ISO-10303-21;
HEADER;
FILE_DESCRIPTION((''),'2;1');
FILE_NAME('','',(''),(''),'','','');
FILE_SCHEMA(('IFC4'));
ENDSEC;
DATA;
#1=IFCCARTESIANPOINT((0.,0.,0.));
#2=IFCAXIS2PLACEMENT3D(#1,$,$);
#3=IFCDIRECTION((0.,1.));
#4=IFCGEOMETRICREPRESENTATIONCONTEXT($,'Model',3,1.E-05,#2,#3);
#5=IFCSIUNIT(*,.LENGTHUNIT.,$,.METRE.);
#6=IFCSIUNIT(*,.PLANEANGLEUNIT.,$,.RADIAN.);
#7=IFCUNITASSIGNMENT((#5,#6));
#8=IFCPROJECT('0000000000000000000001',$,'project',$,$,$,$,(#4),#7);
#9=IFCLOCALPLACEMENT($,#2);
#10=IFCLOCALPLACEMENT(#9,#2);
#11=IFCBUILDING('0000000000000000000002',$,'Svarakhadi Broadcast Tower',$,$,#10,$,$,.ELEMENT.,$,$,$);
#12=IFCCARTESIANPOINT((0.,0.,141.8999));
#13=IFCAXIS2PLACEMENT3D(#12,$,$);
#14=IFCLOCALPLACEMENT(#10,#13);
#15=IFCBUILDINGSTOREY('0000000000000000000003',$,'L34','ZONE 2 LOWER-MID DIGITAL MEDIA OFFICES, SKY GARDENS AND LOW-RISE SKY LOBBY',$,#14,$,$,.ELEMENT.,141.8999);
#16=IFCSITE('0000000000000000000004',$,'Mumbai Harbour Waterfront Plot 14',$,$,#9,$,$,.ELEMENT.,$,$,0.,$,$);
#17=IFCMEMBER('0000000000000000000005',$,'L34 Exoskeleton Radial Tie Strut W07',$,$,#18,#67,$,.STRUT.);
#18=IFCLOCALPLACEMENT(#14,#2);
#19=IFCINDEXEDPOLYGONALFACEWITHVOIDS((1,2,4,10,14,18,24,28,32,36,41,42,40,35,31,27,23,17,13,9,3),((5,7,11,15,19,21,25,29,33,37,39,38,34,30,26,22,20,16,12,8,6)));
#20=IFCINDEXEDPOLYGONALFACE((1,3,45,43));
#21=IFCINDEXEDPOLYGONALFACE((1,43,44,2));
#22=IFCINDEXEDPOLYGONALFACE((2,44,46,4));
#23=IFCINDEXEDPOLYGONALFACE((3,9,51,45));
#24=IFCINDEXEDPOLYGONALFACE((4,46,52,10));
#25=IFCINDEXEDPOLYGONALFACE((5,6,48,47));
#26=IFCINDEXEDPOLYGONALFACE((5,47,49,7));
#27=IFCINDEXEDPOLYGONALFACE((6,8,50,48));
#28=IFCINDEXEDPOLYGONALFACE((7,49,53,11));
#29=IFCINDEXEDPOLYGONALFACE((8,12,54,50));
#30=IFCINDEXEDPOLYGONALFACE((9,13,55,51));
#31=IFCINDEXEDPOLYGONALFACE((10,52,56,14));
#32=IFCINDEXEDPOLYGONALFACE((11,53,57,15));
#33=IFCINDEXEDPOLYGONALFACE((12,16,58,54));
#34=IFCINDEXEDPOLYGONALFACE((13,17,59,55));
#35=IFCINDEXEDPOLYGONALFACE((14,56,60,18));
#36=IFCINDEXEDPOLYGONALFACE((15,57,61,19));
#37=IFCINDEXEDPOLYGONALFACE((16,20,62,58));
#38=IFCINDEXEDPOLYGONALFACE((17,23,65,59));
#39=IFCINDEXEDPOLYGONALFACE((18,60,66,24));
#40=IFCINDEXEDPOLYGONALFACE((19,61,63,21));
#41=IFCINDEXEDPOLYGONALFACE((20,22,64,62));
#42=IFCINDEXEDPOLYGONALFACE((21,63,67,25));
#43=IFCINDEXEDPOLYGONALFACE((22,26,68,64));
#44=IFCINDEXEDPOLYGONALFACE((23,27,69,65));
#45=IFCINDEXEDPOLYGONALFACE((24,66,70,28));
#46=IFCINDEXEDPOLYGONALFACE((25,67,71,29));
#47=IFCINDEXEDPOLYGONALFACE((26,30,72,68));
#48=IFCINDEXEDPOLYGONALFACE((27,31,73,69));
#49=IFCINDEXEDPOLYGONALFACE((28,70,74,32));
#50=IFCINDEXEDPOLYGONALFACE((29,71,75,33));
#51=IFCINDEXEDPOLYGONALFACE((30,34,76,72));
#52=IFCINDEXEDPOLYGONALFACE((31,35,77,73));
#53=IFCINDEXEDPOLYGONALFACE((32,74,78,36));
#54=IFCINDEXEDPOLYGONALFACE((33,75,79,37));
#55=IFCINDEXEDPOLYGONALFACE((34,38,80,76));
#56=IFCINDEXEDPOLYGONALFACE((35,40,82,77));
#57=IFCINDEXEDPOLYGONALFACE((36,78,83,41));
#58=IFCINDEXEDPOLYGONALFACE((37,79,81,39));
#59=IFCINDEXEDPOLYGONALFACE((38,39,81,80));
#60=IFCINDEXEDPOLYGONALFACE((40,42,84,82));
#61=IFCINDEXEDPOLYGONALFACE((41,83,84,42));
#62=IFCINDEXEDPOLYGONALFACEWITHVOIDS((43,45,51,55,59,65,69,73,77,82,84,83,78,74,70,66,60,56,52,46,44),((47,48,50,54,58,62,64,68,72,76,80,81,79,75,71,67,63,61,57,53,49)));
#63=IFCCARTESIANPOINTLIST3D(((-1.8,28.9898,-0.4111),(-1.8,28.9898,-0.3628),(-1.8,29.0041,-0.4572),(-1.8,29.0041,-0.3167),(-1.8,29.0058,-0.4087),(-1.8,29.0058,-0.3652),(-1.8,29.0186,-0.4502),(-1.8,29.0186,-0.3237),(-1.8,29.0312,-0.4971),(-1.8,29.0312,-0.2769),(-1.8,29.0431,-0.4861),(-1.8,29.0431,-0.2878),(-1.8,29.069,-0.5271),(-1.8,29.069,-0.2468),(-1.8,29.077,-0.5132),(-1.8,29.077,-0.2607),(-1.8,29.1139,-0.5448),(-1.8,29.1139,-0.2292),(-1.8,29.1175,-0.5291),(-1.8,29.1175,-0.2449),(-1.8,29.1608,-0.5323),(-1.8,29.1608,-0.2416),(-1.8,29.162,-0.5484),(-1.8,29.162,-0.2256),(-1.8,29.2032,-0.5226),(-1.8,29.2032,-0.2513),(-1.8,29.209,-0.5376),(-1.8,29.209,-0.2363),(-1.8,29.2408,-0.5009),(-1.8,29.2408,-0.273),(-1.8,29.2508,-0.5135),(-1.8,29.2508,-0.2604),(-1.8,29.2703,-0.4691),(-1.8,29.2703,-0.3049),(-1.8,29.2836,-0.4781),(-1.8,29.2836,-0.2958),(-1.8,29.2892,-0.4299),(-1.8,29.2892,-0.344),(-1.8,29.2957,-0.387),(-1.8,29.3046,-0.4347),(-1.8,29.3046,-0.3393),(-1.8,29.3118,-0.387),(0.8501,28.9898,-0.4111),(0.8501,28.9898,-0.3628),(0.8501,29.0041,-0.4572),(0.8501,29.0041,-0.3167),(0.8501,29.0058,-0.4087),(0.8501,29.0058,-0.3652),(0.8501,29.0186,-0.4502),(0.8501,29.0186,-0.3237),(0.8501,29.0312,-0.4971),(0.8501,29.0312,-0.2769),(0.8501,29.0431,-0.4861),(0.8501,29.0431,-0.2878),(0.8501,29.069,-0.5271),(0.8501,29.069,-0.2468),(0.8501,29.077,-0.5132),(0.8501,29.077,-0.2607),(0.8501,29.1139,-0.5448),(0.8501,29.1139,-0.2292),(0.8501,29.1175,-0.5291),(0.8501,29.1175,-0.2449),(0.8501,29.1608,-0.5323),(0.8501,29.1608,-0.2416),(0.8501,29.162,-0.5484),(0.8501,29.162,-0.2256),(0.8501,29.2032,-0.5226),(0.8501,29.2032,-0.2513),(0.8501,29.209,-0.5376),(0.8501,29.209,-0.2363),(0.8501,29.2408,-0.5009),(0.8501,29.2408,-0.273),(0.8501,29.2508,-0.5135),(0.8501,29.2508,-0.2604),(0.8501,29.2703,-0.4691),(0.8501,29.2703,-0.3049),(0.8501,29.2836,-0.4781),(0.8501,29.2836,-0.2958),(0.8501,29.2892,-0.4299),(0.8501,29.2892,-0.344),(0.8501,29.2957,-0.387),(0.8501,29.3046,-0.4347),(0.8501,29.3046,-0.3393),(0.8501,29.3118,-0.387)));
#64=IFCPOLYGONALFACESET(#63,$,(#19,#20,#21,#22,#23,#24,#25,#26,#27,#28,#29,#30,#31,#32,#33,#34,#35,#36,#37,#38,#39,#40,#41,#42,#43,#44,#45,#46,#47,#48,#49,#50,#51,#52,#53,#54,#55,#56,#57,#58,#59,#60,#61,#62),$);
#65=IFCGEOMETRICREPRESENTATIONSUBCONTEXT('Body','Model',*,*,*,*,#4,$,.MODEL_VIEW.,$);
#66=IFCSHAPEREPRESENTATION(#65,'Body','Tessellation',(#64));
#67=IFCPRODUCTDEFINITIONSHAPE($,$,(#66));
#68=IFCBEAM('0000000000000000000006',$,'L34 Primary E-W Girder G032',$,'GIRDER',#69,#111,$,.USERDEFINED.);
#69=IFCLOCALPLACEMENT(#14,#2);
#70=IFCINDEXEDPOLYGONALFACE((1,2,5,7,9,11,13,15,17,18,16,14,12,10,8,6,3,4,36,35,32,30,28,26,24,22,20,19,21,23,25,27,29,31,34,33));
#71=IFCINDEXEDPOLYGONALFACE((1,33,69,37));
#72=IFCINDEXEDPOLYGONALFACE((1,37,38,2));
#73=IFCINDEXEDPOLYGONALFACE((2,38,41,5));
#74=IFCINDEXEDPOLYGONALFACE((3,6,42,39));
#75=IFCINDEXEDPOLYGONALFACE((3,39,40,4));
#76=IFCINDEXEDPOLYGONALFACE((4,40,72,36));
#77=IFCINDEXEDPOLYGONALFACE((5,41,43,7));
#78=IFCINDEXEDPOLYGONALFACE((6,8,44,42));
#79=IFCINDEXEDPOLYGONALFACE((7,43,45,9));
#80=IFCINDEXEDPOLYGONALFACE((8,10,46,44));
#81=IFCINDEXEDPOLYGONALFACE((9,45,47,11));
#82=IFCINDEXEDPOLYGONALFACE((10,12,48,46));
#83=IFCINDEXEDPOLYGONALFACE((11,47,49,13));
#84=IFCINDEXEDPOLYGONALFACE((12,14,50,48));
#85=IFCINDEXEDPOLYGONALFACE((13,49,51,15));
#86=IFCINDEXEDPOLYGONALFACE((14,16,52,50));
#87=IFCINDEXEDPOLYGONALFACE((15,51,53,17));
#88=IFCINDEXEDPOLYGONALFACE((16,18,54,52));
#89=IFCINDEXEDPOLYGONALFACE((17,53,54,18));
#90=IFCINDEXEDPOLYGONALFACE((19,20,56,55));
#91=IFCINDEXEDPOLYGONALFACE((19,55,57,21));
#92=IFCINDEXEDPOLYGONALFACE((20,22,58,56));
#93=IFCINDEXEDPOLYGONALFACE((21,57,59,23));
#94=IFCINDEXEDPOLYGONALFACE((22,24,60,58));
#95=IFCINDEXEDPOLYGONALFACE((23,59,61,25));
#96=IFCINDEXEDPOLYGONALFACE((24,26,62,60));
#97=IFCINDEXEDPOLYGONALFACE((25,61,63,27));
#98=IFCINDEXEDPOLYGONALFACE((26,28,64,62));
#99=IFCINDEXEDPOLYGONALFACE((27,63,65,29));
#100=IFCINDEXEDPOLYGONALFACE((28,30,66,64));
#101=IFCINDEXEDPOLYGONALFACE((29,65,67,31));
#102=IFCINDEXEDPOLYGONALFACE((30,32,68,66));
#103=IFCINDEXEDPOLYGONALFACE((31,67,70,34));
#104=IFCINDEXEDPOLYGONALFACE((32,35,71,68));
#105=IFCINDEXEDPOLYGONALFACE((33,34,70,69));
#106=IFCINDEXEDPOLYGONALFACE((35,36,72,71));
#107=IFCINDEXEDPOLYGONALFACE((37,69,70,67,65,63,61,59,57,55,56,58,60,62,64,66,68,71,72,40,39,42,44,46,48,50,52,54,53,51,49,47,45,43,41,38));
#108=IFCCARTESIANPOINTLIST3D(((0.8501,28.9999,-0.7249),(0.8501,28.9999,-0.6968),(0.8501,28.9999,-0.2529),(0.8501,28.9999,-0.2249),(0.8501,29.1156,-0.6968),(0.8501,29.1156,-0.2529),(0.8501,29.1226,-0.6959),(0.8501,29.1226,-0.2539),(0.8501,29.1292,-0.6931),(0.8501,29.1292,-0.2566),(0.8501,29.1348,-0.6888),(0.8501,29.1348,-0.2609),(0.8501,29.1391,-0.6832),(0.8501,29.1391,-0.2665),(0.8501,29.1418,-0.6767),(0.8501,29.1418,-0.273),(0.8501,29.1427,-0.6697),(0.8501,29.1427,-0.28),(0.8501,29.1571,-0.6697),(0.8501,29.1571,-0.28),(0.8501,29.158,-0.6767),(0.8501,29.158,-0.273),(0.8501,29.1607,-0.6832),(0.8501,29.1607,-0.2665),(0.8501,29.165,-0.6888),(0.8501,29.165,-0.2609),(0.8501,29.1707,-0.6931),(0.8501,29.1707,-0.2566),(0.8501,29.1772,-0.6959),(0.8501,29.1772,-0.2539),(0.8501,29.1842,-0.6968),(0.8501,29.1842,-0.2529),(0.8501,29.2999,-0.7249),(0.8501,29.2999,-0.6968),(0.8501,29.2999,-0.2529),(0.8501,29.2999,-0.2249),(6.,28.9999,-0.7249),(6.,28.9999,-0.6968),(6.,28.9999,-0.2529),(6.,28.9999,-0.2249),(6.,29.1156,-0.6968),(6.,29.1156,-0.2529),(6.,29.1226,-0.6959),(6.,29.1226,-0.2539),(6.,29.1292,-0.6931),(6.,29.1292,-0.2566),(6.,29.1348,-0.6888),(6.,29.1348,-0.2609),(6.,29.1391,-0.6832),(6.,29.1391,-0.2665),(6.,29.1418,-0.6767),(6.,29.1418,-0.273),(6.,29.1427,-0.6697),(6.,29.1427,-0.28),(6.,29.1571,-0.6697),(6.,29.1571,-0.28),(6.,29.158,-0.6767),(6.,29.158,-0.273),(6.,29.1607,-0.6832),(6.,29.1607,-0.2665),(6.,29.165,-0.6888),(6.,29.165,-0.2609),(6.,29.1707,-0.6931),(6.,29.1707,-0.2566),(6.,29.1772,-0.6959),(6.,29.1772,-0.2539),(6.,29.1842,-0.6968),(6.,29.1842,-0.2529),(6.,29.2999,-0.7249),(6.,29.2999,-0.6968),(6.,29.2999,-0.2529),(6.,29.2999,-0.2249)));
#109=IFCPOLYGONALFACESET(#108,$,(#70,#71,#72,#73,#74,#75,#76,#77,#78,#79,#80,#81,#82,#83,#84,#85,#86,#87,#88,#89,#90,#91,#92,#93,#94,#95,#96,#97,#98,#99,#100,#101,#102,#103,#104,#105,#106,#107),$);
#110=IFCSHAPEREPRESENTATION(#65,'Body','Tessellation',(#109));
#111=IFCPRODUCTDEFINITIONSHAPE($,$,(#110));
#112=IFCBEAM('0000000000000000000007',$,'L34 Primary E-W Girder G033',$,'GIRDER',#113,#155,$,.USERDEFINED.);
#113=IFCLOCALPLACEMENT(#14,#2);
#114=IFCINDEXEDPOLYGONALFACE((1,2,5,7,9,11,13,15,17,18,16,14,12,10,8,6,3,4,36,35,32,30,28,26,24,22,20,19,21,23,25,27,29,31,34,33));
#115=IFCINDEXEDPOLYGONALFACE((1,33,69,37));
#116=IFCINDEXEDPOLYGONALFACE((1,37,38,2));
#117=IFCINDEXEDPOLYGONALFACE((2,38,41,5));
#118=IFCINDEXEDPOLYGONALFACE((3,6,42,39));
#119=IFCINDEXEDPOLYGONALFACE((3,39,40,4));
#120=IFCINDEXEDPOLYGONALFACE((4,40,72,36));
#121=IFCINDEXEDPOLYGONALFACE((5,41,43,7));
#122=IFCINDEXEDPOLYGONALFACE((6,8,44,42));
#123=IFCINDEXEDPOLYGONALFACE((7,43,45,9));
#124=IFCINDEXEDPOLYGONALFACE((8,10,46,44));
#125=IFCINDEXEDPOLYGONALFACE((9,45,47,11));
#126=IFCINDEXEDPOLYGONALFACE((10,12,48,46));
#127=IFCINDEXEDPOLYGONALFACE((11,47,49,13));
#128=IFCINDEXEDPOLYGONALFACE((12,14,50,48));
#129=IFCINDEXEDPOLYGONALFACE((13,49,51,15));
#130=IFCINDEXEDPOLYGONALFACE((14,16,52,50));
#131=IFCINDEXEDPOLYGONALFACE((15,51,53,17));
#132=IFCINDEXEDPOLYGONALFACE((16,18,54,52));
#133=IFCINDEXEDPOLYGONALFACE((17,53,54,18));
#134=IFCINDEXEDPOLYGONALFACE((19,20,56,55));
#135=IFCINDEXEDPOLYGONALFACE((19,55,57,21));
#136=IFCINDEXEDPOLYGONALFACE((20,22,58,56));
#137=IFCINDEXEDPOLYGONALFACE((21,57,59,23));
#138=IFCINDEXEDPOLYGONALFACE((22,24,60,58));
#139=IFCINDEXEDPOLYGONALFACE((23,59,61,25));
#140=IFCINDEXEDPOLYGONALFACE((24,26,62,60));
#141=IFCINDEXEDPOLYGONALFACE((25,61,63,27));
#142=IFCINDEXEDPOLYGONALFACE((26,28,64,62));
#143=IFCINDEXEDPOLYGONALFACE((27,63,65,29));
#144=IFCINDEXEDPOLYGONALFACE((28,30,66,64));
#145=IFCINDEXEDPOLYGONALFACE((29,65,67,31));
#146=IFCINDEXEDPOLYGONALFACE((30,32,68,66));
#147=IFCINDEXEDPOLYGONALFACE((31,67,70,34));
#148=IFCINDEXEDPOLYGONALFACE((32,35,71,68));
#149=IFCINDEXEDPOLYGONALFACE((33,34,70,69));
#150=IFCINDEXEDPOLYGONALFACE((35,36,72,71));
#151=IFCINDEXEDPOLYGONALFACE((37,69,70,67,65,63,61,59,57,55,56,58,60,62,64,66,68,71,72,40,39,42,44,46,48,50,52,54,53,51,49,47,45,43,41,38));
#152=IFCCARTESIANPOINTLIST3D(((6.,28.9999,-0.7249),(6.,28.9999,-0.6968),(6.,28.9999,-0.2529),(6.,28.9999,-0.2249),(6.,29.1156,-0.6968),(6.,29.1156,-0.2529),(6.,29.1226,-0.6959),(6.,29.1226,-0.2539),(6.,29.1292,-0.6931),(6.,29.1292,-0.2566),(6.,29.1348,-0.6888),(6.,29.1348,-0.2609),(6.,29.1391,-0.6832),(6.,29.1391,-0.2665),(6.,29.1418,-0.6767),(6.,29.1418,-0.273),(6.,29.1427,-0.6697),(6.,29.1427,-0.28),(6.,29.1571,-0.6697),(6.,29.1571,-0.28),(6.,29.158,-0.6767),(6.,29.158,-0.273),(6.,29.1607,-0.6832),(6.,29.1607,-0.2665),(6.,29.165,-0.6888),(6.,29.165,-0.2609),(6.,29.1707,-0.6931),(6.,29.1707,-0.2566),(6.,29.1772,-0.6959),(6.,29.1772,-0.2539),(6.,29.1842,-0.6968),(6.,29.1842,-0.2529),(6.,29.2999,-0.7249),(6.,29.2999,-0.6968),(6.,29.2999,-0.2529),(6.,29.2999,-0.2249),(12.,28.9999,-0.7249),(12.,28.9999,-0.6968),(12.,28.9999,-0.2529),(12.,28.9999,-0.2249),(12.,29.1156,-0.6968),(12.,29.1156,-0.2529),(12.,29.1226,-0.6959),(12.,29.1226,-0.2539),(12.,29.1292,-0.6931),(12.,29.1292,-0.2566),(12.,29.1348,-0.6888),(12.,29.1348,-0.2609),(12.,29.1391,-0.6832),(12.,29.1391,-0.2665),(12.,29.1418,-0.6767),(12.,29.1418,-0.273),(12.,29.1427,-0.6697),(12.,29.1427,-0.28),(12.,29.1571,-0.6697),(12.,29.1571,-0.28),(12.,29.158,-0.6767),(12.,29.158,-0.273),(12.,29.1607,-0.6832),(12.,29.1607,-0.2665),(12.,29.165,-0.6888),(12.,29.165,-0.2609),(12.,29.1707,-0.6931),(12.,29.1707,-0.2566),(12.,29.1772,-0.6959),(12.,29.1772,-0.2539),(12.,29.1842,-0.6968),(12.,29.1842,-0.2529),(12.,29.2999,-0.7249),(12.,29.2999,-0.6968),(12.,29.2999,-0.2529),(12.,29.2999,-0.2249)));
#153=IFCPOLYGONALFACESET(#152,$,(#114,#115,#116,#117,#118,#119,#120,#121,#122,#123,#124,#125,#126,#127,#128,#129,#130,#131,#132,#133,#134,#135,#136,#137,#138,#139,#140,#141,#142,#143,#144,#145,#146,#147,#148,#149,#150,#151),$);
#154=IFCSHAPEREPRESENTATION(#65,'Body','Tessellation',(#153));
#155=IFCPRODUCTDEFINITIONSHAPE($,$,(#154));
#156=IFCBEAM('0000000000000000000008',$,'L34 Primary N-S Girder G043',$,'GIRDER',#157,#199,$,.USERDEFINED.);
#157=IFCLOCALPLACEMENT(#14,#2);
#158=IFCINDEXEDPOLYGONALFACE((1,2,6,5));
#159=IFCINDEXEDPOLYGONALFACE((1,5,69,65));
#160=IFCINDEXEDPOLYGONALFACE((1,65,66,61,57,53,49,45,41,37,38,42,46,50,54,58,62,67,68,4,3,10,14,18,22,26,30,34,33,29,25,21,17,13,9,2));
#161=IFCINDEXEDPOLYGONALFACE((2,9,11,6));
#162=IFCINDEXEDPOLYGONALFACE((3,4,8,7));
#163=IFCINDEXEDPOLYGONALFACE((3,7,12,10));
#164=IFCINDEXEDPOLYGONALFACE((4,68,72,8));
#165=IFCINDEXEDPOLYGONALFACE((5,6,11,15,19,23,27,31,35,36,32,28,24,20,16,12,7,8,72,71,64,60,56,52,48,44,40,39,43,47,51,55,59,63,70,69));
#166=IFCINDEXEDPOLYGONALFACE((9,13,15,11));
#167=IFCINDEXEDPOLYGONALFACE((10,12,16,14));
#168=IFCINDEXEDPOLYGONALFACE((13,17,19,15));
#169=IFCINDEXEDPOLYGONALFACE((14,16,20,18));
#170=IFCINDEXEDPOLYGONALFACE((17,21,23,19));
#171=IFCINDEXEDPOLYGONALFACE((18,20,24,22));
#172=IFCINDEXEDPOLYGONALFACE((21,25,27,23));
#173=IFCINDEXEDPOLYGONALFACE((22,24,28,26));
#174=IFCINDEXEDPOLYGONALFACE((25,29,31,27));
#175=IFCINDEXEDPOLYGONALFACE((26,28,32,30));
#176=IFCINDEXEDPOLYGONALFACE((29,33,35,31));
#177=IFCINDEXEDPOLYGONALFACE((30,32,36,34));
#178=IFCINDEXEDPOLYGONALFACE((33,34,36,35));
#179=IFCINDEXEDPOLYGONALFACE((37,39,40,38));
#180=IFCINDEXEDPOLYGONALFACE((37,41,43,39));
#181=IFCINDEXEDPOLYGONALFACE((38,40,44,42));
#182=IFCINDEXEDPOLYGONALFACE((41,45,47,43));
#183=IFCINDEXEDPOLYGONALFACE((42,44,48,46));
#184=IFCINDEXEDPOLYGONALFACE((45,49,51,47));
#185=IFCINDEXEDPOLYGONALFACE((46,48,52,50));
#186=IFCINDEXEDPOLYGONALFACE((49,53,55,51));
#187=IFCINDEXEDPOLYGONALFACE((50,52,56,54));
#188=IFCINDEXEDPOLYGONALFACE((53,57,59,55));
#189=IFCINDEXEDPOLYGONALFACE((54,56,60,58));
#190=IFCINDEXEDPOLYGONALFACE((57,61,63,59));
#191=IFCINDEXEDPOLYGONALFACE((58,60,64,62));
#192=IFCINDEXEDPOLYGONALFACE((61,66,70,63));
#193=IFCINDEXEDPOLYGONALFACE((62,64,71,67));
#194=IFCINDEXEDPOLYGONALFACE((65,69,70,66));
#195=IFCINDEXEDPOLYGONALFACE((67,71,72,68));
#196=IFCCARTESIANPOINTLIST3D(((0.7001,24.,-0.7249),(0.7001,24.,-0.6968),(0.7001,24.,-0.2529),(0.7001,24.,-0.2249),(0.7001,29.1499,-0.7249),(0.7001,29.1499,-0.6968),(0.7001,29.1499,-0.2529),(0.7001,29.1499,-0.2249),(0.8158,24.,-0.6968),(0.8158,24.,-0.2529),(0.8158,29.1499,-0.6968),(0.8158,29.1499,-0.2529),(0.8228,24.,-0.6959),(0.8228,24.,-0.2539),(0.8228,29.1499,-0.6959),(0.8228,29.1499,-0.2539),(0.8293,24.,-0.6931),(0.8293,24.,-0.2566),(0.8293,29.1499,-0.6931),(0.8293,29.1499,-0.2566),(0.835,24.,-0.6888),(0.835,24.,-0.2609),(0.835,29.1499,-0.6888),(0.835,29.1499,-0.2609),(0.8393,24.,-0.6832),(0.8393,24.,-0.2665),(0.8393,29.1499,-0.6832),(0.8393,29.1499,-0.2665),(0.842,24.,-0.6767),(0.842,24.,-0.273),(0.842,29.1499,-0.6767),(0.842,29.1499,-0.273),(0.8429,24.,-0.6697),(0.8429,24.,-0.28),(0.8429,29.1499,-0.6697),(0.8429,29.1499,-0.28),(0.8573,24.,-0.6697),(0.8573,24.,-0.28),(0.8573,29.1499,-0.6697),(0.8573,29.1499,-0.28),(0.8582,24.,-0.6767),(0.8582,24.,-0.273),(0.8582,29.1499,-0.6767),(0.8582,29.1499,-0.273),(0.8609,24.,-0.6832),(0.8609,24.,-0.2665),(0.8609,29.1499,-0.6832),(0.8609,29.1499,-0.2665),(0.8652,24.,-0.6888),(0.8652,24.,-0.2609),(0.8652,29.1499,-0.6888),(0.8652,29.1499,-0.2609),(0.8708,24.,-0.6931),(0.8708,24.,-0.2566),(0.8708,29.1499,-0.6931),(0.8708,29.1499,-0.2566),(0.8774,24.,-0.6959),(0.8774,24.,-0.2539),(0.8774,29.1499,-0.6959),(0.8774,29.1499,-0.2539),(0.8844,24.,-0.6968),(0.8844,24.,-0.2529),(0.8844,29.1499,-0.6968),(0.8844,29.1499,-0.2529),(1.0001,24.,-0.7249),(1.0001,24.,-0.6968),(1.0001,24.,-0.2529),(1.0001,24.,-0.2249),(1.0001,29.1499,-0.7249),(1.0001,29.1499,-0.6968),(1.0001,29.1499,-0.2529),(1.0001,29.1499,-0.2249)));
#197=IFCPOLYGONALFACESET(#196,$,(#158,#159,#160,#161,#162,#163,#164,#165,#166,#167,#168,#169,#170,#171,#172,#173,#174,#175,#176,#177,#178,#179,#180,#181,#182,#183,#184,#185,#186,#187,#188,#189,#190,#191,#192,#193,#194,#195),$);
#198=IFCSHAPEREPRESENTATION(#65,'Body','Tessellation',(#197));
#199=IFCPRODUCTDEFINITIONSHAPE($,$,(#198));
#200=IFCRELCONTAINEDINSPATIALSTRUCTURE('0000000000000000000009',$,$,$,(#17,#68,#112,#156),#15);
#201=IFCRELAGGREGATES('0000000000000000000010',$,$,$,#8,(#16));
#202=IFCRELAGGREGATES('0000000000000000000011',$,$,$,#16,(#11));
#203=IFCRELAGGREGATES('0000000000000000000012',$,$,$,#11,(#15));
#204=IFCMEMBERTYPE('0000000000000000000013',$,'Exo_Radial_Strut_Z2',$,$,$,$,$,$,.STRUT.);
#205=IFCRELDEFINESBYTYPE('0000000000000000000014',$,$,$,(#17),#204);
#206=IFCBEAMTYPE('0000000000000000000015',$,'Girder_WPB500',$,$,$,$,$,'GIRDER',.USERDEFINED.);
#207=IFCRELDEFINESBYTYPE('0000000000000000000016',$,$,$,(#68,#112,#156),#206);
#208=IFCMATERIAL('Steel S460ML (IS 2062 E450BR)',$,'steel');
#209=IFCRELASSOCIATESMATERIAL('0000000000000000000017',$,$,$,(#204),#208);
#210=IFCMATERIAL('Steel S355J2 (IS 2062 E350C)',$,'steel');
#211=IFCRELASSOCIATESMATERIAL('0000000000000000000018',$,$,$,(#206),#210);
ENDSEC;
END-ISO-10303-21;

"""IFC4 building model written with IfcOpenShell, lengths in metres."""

from ifc_helpers import new_model, si_unit, direction, frame, origin, origin_2d, place, context, subcontext, project, spatial, hollow_circle, i_section, extrude, material, material_profile, profile_set, type_object, element, save


model = new_model("IFC4")

# Units and contexts
model_context = context("Model", 3, precision=1e-05, world=origin(), true_north=direction((0.0, 1.0)))
body_context = subcontext(model_context, "Body", "Model", "MODEL_VIEW")
ifc_project = project(units=[si_unit("LENGTHUNIT", "METRE"), si_unit("PLANEANGLEUNIT", "RADIAN")], contexts=[model_context])

# Site, building, storey
site_placement = place(None, origin())
site = spatial("IfcSite", under=ifc_project, at=site_placement, Name="Mumbai Harbour Waterfront Plot 14", CompositionType="ELEMENT", RefElevation=0.0)
building_placement = place(site_placement, origin())
building = spatial("IfcBuilding", under=site, at=building_placement, Name="Svarakhadi Broadcast Tower", CompositionType="ELEMENT")
storey_placement = place(building_placement, frame((0.0, 0.0, 141.8999)))
storey = spatial("IfcBuildingStorey", under=building, at=storey_placement, Name="L34", Description="ZONE 2 LOWER-MID DIGITAL MEDIA OFFICES, SKY GARDENS AND LOW-RISE SKY LOBBY", CompositionType="ELEMENT", Elevation=141.8999)

# Shared definitions
ifc_material_1 = material(Name="Steel S460ML (IS 2062 E450BR)", Category="steel")

# Shared definitions
ifc_material_2 = material(Name="Steel S355J2 (IS 2062 E350C)", Category="steel")

# Member
ifc_material_profile_1 = material_profile(ifc_material_1, hollow_circle(Radius=0.1619, WallThickness=0.0161, at=origin_2d()), Name="CHS 323.9x16")
ifc_profile_set_1 = profile_set([ifc_material_profile_1], Name="Steel S460ML (IS 2062 E450BR)")
member_type_1 = type_object("IfcMemberType", Name="Exo_Radial_Strut_Z2", PredefinedType="STRUT", material=ifc_profile_set_1)
member_1_placement = place(storey_placement, frame((-1.8, 29.1499, -0.387), z_axis=(1.0, 0.0, 0.0), x_axis=(0.0, 1.0, 0.0)))
element("IfcMember", 1, at=member_1_placement, inside=storey, type_object=member_type_1, Name="L34 Exoskeleton Radial Tie Strut W07", PredefinedType="STRUT", context=body_context, shape_type="SweptSolid", body=[
    extrude(hollow_circle(Radius=0.1619, WallThickness=0.0161, at=origin_2d()), origin(), (0.0, 0.0, 1.0), 2.6501),
])

# Beams
ifc_material_profile_2 = material_profile(ifc_material_2, i_section(OverallWidth=0.3, OverallDepth=0.5, WebThickness=0.0144, FlangeThickness=0.0281, FilletRadius=0.0271, at=origin_2d()), Name="WPB 500x300x187")
ifc_profile_set_2 = profile_set([ifc_material_profile_2], Name="Steel S355J2 (IS 2062 E350C)")
beam_type_1 = type_object("IfcBeamType", Name="Girder_WPB500", ElementType="GIRDER", PredefinedType="USERDEFINED", material=ifc_profile_set_2)
beam_1_placement = place(storey_placement, frame((0.8501, 29.1499, -0.4749), z_axis=(1.0, 0.0, 0.0), x_axis=(0.0, 1.0, 0.0)))
element("IfcBeam", 2, at=beam_1_placement, inside=storey, type_object=beam_type_1, Name="L34 Primary E-W Girder G032", ObjectType="GIRDER", PredefinedType="USERDEFINED", context=body_context, shape_type="SweptSolid", body=[
    extrude(i_section(OverallWidth=0.3, OverallDepth=0.5, WebThickness=0.0144, FlangeThickness=0.0281, FilletRadius=0.0271, at=origin_2d()), origin(), (0.0, 0.0, 1.0), 5.1499),
])
beam_2_placement = place(storey_placement, frame((6.0, 29.1499, -0.4749), z_axis=(1.0, 0.0, 0.0), x_axis=(0.0, 1.0, 0.0)))
element("IfcBeam", 3, at=beam_2_placement, inside=storey, type_object=beam_type_1, Name="L34 Primary E-W Girder G033", ObjectType="GIRDER", PredefinedType="USERDEFINED", context=body_context, shape_type="SweptSolid", body=[
    extrude(i_section(OverallWidth=0.3, OverallDepth=0.5, WebThickness=0.0144, FlangeThickness=0.0281, FilletRadius=0.0271, at=origin_2d()), origin(), (0.0, 0.0, 1.0), 6.0),
])
beam_3_placement = place(storey_placement, frame((0.8501, 24.0, -0.4749), z_axis=(0.0, 1.0, 0.0), x_axis=(-1.0, 0.0, 0.0)))
element("IfcBeam", 4, at=beam_3_placement, inside=storey, type_object=beam_type_1, Name="L34 Primary N-S Girder G043", ObjectType="GIRDER", PredefinedType="USERDEFINED", context=body_context, shape_type="SweptSolid", body=[
    extrude(i_section(OverallWidth=0.3, OverallDepth=0.5, WebThickness=0.0144, FlangeThickness=0.0281, FilletRadius=0.0271, at=origin_2d()), origin(), (0.0, 0.0, 1.0), 5.1499),
])

save(model, "model.ifc")
